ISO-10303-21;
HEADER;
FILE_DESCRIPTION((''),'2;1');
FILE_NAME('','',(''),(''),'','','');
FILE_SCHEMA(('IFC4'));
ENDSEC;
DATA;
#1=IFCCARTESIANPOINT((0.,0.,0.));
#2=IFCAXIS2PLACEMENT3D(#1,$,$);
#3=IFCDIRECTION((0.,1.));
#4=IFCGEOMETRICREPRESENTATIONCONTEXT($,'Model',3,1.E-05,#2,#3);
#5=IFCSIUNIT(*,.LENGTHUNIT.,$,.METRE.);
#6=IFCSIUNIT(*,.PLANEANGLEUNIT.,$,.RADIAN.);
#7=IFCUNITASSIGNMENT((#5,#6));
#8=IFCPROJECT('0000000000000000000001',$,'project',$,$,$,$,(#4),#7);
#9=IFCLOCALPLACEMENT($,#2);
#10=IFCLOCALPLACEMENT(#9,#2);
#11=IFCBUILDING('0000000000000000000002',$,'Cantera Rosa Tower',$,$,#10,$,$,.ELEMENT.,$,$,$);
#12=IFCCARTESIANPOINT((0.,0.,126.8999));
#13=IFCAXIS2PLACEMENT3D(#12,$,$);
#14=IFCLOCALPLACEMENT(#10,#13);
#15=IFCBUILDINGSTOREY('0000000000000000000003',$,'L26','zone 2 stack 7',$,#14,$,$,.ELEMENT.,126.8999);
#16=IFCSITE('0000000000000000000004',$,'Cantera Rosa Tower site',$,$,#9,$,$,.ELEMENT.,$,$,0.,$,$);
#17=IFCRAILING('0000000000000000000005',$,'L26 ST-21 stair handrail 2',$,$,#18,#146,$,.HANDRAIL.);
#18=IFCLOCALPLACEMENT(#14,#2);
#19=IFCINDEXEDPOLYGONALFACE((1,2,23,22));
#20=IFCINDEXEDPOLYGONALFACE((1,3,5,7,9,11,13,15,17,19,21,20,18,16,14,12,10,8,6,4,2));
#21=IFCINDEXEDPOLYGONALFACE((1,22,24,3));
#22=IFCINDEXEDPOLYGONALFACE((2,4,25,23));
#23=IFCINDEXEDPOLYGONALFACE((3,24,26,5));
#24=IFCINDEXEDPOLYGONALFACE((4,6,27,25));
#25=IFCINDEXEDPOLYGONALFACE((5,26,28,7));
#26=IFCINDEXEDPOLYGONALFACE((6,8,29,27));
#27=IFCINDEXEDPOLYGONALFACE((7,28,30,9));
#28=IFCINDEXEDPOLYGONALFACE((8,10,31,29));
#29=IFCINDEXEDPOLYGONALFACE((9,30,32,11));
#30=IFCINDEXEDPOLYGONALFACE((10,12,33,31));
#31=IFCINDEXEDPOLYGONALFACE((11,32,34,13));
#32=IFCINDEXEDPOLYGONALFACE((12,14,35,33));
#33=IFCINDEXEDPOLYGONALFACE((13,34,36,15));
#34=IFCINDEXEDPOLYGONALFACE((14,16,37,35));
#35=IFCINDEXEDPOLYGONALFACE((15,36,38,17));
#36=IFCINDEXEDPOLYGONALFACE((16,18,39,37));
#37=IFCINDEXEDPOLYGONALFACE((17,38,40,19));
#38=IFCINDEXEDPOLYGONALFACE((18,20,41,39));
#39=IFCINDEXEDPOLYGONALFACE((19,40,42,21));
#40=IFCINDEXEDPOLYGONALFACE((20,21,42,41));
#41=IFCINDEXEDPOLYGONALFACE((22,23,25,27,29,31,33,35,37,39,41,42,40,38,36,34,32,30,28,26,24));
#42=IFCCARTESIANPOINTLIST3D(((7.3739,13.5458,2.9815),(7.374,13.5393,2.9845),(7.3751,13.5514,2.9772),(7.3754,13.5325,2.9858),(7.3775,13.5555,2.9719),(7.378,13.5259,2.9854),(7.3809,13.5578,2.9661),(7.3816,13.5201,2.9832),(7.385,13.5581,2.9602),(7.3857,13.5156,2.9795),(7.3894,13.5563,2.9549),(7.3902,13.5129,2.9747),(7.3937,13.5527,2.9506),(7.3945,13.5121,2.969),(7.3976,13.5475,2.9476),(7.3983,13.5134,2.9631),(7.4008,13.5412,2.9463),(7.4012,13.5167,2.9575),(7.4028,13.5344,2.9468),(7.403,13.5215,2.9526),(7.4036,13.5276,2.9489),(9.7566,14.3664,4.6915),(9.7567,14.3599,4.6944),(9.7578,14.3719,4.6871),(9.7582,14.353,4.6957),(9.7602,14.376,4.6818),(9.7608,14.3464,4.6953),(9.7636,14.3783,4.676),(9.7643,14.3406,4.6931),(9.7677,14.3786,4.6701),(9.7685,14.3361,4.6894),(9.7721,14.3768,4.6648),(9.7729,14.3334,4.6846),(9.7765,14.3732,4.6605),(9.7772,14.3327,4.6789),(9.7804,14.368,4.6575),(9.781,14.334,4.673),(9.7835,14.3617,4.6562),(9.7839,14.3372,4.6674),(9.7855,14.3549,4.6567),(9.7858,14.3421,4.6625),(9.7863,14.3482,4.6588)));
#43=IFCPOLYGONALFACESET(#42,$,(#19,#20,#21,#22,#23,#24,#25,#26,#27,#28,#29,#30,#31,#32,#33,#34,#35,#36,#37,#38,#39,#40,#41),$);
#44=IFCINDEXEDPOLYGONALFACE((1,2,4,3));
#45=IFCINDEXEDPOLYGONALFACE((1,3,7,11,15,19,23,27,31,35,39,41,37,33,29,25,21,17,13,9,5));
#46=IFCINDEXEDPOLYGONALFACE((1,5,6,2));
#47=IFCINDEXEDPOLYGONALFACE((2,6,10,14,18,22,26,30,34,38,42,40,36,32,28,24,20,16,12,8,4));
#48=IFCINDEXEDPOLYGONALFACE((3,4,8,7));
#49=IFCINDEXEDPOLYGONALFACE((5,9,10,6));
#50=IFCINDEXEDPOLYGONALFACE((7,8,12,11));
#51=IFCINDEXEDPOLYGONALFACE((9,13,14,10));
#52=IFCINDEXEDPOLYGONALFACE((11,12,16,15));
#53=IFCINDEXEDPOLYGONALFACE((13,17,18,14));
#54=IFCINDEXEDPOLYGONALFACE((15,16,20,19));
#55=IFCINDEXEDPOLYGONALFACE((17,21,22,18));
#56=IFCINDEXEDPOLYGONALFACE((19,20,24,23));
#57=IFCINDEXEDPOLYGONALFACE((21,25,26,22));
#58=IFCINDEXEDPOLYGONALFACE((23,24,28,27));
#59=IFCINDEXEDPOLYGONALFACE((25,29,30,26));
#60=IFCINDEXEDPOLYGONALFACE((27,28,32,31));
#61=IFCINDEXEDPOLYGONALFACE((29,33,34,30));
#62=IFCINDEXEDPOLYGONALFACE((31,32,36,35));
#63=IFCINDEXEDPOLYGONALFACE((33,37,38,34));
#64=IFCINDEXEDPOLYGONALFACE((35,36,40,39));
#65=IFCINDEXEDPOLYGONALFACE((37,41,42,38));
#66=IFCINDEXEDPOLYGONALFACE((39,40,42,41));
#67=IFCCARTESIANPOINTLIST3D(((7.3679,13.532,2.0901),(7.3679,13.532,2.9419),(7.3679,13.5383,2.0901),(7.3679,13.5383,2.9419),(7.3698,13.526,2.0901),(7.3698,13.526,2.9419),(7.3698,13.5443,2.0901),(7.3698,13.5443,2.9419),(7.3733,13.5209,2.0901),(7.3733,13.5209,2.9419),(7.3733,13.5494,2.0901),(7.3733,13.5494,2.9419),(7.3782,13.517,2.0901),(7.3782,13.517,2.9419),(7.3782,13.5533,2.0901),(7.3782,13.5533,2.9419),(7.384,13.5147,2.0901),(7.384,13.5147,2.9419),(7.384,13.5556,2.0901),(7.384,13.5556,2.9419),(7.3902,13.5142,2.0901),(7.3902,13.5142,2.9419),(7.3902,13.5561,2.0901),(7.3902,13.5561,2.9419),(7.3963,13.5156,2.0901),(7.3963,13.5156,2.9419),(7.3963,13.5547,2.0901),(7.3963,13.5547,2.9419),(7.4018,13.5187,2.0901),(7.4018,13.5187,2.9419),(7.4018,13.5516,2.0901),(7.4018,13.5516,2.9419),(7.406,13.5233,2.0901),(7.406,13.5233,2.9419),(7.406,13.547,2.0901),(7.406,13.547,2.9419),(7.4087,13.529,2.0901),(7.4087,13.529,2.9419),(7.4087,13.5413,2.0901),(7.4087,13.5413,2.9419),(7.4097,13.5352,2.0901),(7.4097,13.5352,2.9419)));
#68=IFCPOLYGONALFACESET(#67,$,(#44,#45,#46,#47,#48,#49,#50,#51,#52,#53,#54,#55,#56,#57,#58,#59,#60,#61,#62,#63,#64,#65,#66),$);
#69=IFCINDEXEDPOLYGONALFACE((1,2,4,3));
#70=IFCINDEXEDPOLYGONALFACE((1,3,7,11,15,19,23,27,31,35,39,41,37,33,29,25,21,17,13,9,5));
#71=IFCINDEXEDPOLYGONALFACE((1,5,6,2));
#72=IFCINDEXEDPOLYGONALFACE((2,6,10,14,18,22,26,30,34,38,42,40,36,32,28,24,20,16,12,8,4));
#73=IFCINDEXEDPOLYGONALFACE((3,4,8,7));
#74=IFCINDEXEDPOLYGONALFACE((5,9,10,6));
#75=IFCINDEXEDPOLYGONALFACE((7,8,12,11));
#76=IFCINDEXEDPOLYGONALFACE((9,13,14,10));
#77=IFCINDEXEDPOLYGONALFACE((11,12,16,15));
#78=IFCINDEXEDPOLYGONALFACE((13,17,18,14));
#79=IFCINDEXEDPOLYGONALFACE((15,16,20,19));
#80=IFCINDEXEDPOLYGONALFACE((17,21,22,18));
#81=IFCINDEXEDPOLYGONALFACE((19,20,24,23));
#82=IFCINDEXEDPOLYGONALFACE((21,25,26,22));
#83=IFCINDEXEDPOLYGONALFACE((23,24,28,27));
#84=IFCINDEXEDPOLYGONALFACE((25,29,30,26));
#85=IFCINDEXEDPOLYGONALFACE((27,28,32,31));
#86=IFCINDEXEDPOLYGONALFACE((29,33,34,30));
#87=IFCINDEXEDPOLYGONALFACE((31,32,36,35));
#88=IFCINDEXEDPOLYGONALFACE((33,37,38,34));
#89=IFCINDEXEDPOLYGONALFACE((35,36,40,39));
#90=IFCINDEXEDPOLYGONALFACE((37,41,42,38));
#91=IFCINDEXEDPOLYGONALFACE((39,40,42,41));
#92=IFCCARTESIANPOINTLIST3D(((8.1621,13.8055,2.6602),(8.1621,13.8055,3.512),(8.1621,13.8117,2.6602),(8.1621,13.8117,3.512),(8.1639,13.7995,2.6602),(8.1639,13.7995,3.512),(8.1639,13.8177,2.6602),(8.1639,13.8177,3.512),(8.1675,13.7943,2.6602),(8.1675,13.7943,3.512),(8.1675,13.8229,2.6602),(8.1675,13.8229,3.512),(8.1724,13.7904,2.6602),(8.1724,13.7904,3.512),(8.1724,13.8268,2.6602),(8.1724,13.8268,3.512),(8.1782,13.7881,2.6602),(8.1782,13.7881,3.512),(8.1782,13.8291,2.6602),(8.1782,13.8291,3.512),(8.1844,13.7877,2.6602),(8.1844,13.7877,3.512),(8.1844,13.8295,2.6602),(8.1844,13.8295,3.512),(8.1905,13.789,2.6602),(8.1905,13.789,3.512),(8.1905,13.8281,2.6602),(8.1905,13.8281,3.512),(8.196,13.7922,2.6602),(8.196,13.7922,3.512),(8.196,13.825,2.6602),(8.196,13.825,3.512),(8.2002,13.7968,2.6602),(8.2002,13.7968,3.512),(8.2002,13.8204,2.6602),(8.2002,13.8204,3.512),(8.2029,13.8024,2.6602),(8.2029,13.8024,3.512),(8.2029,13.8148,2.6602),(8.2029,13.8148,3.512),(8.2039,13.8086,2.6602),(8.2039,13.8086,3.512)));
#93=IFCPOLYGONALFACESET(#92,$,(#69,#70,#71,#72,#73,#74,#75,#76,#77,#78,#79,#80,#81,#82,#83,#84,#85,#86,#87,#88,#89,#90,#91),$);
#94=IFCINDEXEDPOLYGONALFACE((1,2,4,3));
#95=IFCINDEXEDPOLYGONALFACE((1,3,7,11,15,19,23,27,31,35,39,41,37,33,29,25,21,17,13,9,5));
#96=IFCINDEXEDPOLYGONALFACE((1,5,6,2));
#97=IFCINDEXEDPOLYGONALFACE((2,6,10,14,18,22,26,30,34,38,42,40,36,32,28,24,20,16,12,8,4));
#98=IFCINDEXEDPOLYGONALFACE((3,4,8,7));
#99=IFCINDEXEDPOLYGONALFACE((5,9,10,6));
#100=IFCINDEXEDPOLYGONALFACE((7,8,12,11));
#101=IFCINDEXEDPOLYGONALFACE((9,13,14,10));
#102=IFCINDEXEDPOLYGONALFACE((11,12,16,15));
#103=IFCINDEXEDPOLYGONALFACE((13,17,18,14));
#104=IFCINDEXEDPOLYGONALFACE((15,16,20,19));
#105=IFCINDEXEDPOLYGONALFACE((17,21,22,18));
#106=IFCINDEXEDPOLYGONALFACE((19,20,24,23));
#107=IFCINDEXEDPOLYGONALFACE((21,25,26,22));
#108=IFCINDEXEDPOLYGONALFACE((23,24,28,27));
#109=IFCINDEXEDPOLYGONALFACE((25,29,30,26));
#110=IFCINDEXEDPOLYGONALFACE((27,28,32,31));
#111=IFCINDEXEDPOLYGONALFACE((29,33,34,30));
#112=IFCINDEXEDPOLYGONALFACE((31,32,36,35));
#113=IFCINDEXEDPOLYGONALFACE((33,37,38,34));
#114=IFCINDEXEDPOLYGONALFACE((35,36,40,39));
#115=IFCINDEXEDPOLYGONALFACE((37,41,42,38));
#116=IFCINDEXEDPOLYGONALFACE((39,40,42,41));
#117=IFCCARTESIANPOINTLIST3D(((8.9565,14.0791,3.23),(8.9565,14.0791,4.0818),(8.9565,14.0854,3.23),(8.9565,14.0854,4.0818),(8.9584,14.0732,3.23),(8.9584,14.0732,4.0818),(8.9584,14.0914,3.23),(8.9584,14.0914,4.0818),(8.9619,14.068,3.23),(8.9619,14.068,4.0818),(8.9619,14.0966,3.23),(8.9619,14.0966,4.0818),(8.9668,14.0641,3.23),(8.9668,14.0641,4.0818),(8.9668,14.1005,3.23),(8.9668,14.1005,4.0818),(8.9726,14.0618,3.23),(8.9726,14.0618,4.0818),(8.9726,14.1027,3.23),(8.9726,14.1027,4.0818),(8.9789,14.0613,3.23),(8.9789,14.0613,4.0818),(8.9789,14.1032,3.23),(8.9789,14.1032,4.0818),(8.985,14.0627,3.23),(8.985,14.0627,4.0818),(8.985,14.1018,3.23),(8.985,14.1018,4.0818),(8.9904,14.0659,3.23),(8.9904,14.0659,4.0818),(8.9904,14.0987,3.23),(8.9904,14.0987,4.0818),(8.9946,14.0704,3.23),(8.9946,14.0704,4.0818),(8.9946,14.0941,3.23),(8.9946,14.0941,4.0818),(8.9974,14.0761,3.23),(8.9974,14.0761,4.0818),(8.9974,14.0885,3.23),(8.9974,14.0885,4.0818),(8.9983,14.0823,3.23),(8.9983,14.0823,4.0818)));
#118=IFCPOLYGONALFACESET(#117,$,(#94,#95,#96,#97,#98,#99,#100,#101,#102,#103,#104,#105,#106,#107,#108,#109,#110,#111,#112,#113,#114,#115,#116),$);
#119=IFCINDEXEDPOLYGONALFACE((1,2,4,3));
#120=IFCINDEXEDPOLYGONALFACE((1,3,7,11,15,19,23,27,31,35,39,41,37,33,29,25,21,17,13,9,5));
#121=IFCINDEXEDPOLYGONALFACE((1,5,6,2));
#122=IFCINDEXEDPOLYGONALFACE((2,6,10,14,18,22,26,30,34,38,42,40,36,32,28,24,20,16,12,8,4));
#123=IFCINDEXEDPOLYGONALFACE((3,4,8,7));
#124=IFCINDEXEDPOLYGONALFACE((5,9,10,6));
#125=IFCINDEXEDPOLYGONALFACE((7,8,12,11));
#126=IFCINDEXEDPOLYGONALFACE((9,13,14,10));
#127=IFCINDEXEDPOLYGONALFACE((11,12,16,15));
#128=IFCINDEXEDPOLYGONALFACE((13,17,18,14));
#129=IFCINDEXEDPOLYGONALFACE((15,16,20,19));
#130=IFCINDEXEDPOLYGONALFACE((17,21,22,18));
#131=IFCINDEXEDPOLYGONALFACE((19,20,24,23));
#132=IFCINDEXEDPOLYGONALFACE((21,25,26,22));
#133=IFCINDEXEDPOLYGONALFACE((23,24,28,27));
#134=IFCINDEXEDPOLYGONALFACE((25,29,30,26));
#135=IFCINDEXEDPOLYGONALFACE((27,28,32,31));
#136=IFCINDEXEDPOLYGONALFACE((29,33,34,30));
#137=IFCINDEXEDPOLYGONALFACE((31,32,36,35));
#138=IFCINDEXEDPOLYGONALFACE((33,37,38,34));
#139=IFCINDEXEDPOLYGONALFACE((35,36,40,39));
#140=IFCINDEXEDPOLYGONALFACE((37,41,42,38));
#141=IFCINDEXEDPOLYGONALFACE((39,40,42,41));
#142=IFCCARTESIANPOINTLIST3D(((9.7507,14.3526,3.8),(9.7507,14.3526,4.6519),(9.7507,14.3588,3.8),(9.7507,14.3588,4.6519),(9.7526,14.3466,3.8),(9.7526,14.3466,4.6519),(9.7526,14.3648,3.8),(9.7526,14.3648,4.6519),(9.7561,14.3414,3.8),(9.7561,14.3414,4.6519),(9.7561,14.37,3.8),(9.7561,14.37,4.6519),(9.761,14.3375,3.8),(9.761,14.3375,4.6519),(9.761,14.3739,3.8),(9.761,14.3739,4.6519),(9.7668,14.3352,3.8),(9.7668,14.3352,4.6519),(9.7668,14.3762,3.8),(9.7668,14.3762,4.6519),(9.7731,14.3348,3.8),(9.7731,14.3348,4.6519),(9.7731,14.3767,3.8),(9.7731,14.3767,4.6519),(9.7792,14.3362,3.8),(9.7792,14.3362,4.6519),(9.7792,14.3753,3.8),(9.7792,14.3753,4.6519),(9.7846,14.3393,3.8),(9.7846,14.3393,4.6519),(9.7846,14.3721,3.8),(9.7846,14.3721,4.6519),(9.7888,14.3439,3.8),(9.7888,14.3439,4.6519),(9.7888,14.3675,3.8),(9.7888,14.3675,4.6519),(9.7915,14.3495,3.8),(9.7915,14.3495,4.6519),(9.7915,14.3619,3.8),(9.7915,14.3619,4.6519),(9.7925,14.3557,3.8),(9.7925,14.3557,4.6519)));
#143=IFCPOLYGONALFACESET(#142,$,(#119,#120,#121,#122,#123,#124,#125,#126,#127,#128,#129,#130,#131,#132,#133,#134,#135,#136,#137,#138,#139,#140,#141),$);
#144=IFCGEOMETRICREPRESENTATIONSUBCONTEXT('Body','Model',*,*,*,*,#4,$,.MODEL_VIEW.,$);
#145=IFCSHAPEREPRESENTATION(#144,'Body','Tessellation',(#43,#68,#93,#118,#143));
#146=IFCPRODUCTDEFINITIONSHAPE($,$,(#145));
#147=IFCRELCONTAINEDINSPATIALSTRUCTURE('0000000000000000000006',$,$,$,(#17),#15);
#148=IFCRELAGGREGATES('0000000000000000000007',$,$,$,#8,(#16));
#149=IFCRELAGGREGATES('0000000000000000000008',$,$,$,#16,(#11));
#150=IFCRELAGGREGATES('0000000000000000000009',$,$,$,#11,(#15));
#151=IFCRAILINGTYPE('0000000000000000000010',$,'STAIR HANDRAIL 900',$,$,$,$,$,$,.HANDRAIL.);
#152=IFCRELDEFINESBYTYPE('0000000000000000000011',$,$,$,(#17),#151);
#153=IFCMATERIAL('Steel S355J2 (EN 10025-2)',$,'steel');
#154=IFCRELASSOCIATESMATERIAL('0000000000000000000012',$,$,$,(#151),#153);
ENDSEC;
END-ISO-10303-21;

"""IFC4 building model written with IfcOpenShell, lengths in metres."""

from ifc_helpers import new_model, si_unit, direction, frame, origin, origin_2d, place, context, subcontext, project, spatial, circle, extrude, material, type_object, element, save


model = new_model("IFC4")

# Units and contexts
model_context = context("Model", 3, precision=1e-05, world=origin(), true_north=direction((0.0, 1.0)))
body_context = subcontext(model_context, "Body", "Model", "MODEL_VIEW")
ifc_project = project(units=[si_unit("LENGTHUNIT", "METRE"), si_unit("PLANEANGLEUNIT", "RADIAN")], contexts=[model_context])

# Site, building, storey
site_placement = place(None, origin())
site = spatial("IfcSite", under=ifc_project, at=site_placement, Name="Cantera Rosa Tower site", CompositionType="ELEMENT", RefElevation=0.0)
building_placement = place(site_placement, origin())
building = spatial("IfcBuilding", under=site, at=building_placement, Name="Cantera Rosa Tower", CompositionType="ELEMENT")
storey_placement = place(building_placement, frame((0.0, 0.0, 126.8999)))
storey = spatial("IfcBuildingStorey", under=building, at=storey_placement, Name="L26", Description="zone 2 stack 7", CompositionType="ELEMENT", Elevation=126.8999)

# Railing
ifc_material_1 = material(Name="Steel S355J2 (EN 10025-2)", Category="steel")
railing_type_1 = type_object("IfcRailingType", Name="STAIR HANDRAIL 900", PredefinedType="HANDRAIL", material=ifc_material_1)
railing_1_placement = place(storey_placement, frame((7.3887, 13.5352, 2.0901)))
element("IfcRailing", 1, at=railing_1_placement, inside=storey, type_object=railing_type_1, Name="L26 ST-21 stair handrail 2", PredefinedType="HANDRAIL", context=body_context, shape_type="SweptSolid", body=[
    extrude(circle(Radius=0.0239, at=origin_2d()), frame((0.0, 0.0, 0.876), z_axis=(0.782404, 0.269432, 0.561471), x_axis=(-0.3256, 0.945508, 0.0)), (0.0, 0.0, 1.0), 3.0454),
    extrude(circle(Radius=0.021, at=origin_2d()), origin(), (0.0, 0.0, 1.0), 0.8518),
    extrude(circle(Radius=0.021, at=origin_2d()), frame((0.7942, 0.2734, 0.5701)), (0.0, 0.0, 1.0), 0.8518),
    extrude(circle(Radius=0.021, at=origin_2d()), frame((1.5886, 0.5471, 1.1399)), (0.0, 0.0, 1.0), 0.8518),
    extrude(circle(Radius=0.021, at=origin_2d()), frame((2.3828, 0.8206, 1.71)), (0.0, 0.0, 1.0), 0.8518),
])

save(model, "model.ifc")
